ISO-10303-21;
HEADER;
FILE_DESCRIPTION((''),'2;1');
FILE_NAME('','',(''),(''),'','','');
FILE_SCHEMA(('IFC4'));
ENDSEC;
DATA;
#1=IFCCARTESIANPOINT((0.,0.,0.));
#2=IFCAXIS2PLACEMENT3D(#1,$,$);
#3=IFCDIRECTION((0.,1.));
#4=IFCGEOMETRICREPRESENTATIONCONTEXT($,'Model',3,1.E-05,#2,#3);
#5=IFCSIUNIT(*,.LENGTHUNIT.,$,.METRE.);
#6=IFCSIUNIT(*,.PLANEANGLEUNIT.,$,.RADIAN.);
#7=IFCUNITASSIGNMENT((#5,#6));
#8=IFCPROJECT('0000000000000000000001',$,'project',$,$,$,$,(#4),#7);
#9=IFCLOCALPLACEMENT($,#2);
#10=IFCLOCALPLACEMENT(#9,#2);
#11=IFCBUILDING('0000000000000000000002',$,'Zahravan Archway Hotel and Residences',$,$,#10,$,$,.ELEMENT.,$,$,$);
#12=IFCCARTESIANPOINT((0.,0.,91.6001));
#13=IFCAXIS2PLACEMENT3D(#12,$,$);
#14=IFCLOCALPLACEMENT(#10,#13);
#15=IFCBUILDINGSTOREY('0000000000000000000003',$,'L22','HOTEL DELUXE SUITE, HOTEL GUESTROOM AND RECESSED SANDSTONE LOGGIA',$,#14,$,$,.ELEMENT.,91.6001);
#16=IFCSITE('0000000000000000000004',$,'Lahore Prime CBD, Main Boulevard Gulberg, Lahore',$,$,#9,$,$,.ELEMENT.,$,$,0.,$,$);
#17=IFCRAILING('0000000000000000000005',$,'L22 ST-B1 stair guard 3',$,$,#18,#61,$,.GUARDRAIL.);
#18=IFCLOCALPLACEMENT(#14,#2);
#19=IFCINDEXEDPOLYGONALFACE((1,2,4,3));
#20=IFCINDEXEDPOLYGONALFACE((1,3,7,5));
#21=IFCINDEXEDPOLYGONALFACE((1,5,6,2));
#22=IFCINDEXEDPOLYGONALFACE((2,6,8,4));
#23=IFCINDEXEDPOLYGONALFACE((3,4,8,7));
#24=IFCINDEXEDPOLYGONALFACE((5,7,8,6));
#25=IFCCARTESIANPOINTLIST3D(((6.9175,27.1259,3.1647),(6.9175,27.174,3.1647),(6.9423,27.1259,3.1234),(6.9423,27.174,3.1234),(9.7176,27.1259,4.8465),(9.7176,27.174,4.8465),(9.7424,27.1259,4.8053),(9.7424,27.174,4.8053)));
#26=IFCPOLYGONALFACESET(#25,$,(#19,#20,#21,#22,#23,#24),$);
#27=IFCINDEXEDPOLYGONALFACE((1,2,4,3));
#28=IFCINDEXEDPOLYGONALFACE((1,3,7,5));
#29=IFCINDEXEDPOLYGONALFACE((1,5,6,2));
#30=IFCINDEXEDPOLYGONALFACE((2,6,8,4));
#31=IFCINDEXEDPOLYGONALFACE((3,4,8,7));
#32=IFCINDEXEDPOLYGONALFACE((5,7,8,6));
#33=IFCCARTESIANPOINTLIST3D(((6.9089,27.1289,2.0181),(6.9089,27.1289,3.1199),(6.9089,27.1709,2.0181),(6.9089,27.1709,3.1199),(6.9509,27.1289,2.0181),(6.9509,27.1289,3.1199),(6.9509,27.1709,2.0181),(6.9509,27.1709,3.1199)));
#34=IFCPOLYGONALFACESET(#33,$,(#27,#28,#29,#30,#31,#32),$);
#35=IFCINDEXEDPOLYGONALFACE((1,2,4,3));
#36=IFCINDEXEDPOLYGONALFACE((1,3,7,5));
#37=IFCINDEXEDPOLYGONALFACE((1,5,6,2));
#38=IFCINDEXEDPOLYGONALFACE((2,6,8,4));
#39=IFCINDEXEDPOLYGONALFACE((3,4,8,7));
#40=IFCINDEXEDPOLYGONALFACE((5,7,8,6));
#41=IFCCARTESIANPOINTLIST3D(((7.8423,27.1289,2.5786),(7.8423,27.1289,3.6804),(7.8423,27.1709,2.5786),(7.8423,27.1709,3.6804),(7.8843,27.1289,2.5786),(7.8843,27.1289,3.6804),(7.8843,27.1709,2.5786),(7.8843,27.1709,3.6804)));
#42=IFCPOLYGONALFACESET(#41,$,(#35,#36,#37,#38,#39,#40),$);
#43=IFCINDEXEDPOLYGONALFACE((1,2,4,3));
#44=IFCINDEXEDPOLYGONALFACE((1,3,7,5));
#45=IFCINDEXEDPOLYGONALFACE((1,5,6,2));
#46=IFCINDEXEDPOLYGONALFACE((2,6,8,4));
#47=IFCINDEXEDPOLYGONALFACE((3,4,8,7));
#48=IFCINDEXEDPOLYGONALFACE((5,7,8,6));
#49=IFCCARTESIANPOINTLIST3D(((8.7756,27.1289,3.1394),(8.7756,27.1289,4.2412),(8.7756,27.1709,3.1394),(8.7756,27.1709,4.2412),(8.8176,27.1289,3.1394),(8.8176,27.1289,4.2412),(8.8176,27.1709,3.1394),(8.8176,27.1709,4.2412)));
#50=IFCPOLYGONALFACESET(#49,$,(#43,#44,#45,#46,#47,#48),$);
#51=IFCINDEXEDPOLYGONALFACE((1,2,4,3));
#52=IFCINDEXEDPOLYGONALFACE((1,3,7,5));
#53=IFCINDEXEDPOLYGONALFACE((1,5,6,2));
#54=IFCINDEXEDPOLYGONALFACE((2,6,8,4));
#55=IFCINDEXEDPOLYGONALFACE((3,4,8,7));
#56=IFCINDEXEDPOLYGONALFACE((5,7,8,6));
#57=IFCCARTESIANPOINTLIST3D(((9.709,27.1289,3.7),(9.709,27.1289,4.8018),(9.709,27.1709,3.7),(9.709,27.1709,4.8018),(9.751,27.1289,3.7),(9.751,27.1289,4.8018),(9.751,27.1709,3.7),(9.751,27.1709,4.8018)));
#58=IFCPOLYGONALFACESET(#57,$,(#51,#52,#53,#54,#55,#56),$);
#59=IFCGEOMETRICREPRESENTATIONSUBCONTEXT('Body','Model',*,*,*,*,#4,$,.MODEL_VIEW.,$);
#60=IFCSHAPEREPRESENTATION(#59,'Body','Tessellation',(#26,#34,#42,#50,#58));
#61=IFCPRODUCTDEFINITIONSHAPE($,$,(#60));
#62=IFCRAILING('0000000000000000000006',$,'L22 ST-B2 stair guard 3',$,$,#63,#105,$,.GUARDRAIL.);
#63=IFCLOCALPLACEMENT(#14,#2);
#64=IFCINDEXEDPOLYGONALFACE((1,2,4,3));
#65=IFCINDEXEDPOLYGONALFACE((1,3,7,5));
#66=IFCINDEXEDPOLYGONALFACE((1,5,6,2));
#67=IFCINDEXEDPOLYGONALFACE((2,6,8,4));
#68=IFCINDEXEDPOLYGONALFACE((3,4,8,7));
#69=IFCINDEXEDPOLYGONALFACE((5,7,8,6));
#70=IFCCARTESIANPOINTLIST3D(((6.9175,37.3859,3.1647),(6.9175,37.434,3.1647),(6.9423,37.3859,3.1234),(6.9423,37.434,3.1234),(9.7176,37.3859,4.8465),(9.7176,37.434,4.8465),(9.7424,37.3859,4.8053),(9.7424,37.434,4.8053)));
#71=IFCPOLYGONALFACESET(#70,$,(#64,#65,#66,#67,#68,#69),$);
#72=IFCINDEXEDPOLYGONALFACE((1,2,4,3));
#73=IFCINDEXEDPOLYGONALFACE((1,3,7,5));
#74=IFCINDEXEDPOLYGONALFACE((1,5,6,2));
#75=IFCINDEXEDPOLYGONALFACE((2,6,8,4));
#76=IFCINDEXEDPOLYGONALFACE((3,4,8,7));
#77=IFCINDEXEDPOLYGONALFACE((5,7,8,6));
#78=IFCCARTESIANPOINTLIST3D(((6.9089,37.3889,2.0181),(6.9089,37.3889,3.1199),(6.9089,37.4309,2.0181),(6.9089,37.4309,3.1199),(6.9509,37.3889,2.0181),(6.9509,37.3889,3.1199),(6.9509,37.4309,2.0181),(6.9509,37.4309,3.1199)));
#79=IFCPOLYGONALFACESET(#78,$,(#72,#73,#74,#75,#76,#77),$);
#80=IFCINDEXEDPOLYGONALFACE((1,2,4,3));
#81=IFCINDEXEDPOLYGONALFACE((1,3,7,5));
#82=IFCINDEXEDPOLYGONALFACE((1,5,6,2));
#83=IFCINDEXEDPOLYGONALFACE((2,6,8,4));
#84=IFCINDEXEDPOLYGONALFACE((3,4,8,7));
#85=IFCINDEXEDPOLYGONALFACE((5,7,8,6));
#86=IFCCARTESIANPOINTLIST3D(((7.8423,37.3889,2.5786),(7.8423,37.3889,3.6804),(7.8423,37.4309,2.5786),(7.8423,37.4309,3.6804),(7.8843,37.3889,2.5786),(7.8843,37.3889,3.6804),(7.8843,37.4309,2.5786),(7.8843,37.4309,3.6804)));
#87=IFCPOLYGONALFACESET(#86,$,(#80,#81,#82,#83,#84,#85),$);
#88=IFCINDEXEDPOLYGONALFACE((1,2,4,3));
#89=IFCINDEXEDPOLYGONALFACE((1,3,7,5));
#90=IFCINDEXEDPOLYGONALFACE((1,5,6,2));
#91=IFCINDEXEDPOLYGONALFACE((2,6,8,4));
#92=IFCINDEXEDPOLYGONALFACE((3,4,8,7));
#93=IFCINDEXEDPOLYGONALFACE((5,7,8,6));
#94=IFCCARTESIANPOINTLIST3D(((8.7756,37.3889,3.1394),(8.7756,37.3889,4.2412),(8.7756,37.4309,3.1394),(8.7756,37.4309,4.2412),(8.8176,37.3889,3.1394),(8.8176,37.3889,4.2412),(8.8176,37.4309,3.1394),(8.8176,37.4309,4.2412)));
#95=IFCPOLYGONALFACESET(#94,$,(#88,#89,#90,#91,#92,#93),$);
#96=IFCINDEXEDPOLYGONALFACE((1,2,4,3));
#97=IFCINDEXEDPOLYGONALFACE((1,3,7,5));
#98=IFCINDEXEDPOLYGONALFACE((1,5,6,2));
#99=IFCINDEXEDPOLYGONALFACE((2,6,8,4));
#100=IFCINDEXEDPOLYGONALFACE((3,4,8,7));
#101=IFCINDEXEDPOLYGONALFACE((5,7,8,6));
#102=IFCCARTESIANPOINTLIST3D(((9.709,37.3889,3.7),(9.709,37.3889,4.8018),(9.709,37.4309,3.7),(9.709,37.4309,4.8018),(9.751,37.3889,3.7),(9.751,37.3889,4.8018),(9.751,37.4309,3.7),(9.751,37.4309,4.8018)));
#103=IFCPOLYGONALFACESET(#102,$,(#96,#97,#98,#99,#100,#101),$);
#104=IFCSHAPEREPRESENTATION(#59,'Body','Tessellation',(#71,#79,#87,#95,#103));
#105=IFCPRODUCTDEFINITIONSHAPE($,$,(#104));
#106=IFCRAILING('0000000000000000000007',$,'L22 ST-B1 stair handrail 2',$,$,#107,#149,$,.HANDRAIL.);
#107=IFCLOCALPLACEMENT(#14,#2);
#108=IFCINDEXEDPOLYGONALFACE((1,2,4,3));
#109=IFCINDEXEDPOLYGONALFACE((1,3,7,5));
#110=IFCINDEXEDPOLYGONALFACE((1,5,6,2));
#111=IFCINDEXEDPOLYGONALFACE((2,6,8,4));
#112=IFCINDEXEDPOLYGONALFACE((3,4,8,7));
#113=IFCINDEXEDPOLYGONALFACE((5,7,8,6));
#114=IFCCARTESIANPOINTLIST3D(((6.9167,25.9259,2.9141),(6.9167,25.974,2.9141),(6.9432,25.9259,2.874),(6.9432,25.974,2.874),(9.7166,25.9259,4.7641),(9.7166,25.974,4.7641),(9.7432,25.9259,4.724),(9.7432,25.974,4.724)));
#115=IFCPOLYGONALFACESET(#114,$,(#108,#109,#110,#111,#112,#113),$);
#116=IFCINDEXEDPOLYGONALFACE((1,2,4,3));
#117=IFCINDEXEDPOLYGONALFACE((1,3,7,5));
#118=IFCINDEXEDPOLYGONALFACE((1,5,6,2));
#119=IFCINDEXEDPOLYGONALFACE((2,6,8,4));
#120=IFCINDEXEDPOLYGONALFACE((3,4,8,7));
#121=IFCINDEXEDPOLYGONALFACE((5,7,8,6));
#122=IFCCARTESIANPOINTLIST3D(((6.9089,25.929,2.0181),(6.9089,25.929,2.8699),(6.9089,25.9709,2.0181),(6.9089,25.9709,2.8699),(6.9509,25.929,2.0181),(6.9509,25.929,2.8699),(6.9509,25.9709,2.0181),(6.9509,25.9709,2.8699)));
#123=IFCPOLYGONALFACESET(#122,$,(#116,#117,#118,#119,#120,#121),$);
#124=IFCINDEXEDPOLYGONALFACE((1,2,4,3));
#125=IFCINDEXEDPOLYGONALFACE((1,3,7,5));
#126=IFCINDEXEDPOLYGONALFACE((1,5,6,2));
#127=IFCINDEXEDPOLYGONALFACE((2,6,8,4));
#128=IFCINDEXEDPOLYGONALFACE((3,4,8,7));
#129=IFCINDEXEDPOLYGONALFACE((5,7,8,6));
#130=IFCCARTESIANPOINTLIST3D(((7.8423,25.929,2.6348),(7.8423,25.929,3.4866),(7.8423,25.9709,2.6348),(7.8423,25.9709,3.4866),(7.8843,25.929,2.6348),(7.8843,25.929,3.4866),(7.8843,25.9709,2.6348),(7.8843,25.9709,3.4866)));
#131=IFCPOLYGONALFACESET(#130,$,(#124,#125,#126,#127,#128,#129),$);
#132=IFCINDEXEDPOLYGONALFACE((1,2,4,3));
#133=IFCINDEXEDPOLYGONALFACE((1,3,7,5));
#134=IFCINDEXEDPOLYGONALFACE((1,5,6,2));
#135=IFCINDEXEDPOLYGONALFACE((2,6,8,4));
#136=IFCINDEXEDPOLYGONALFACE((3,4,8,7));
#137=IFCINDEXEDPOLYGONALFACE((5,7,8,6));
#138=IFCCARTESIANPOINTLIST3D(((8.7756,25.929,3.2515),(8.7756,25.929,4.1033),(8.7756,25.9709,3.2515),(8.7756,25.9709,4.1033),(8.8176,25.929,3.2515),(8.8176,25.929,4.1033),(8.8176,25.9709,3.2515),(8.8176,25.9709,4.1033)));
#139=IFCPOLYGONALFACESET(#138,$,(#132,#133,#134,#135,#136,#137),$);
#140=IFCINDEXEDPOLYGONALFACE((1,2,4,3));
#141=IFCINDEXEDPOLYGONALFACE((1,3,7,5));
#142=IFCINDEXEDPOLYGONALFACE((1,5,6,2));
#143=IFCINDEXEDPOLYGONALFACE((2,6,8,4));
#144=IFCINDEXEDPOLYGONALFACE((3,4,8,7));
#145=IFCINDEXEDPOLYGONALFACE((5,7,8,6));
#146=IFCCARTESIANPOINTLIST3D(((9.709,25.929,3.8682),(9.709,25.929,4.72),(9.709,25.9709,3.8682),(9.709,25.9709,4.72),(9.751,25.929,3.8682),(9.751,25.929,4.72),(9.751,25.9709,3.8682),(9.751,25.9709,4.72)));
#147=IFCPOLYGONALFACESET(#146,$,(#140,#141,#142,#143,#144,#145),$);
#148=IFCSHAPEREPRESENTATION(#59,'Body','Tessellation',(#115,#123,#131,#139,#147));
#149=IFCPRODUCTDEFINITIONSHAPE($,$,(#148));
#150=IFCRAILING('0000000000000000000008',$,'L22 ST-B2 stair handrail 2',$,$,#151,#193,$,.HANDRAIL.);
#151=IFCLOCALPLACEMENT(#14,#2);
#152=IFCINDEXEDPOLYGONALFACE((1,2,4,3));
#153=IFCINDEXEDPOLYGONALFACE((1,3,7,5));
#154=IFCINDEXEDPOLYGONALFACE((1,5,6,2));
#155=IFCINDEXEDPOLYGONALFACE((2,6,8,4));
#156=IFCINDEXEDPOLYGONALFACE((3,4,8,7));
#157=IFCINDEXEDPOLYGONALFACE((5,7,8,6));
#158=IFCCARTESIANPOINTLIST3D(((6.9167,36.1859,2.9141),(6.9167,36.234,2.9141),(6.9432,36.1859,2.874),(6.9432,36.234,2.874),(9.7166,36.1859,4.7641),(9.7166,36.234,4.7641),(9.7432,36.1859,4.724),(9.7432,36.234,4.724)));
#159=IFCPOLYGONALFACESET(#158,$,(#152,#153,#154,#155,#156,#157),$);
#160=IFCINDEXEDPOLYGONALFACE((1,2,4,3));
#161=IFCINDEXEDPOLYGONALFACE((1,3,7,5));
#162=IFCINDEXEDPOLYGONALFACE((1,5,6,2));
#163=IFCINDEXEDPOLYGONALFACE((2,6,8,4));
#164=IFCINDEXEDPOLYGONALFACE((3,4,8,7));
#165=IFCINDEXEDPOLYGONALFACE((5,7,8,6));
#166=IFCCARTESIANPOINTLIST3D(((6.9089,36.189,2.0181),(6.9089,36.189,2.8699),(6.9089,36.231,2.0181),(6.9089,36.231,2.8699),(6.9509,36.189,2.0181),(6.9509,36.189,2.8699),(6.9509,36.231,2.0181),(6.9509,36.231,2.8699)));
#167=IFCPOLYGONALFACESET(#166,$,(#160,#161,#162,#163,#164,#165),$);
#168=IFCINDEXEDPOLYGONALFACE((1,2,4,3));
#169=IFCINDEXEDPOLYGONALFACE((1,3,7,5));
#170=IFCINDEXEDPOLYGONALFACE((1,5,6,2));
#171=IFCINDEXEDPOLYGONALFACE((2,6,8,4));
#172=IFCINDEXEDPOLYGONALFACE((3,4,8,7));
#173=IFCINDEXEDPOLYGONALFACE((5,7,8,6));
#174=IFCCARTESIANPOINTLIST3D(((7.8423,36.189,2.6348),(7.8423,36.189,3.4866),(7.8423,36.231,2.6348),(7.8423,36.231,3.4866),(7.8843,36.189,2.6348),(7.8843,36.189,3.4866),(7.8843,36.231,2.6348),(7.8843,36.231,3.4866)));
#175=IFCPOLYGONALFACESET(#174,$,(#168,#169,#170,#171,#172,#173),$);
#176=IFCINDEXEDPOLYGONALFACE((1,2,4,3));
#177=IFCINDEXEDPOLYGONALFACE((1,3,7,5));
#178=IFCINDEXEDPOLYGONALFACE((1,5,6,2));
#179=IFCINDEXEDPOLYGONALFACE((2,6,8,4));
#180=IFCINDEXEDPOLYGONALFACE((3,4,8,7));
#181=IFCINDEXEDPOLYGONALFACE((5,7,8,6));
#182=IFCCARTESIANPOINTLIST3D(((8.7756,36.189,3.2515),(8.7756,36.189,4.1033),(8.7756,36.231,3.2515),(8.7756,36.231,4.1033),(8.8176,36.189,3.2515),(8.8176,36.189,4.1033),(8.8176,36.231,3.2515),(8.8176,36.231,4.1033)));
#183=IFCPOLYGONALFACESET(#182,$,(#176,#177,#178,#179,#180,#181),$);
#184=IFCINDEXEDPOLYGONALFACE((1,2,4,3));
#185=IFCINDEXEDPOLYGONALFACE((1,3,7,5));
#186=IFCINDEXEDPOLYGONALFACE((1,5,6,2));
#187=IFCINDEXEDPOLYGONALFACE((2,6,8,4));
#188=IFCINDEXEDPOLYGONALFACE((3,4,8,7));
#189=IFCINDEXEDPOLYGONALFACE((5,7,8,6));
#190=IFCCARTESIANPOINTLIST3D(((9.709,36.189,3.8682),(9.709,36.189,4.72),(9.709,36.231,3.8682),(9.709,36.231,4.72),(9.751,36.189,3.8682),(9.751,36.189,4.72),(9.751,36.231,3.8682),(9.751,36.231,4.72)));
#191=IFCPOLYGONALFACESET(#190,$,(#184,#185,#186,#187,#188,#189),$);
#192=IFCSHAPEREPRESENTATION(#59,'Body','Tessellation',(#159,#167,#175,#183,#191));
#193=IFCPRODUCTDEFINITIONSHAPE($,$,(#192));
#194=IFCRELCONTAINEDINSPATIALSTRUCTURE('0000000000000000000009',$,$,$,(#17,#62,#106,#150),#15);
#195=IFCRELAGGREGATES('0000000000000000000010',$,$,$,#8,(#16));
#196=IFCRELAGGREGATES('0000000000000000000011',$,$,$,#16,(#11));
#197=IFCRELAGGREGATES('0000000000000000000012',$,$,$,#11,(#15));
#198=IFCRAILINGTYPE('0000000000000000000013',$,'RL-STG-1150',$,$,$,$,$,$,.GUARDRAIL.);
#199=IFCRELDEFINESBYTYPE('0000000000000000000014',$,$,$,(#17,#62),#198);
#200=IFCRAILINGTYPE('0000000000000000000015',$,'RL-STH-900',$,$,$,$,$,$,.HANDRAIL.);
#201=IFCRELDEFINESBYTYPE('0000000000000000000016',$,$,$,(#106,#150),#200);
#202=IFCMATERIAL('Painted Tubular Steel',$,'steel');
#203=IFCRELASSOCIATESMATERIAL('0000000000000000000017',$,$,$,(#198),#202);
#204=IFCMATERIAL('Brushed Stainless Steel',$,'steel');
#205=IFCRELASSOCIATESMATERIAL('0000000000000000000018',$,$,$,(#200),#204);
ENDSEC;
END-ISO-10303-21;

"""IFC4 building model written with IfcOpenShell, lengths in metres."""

from ifc_helpers import new_model, si_unit, direction, frame, origin, origin_2d, place, context, subcontext, project, spatial, rectangle, extrude, material, type_object, element, save


model = new_model("IFC4")

# Units and contexts
model_context = context("Model", 3, precision=1e-05, world=origin(), true_north=direction((0.0, 1.0)))
body_context = subcontext(model_context, "Body", "Model", "MODEL_VIEW")
ifc_project = project(units=[si_unit("LENGTHUNIT", "METRE"), si_unit("PLANEANGLEUNIT", "RADIAN")], contexts=[model_context])

# Site, building, storey
site_placement = place(None, origin())
site = spatial("IfcSite", under=ifc_project, at=site_placement, Name="Lahore Prime CBD, Main Boulevard Gulberg, Lahore", CompositionType="ELEMENT", RefElevation=0.0)
building_placement = place(site_placement, origin())
building = spatial("IfcBuilding", under=site, at=building_placement, Name="Zahravan Archway Hotel and Residences", CompositionType="ELEMENT")
storey_placement = place(building_placement, frame((0.0, 0.0, 91.6001)))
storey = spatial("IfcBuildingStorey", under=building, at=storey_placement, Name="L22", Description="HOTEL DELUXE SUITE, HOTEL GUESTROOM AND RECESSED SANDSTONE LOGGIA", CompositionType="ELEMENT", Elevation=91.6001)

# Shared definitions
ifc_material_1 = material(Name="Brushed Stainless Steel", Category="steel")

# Railings
ifc_material_2 = material(Name="Painted Tubular Steel", Category="steel")
railing_type_1 = type_object("IfcRailingType", Name="RL-STG-1150", PredefinedType="GUARDRAIL", material=ifc_material_2)
for number, where, name in (
    (1, (6.9299, 27.1499, 2.0181), "L22 ST-B1 stair guard 3"),
    (2, (6.9299, 37.4099, 2.0181), "L22 ST-B2 stair guard 3"),
):
    element("IfcRailing", number, at=place(storey_placement, frame(where)), inside=storey, type_object=railing_type_1, Name=name, PredefinedType="GUARDRAIL", context=body_context, shape_type="SweptSolid", body=[
        extrude(rectangle(XDim=0.0481, YDim=0.0481, at=origin_2d()), frame((0.0, 0.0, 1.126), z_axis=(0.857242, 0.0, 0.514913), x_axis=(0.0, 1.0, 0.0)), (0.0, 0.0, 1.0), 3.2664),
        extrude(rectangle(XDim=0.042, YDim=0.042, at=origin_2d()), origin(), (0.0, 0.0, 1.0), 1.1018),
        extrude(rectangle(XDim=0.042, YDim=0.042, at=origin_2d()), frame((0.9333, 0.0, 0.5605)), (0.0, 0.0, 1.0), 1.1018),
        extrude(rectangle(XDim=0.042, YDim=0.042, at=origin_2d()), frame((1.8667, 0.0, 1.1213)), (0.0, 0.0, 1.0), 1.1018),
        extrude(rectangle(XDim=0.042, YDim=0.042, at=origin_2d()), frame((2.8, 0.0, 1.6819)), (0.0, 0.0, 1.0), 1.1018),
    ])
railing_type_2 = type_object("IfcRailingType", Name="RL-STH-900", PredefinedType="HANDRAIL", material=ifc_material_1)
for number, where, name in (
    (3, (6.9299, 25.95, 2.0181), "L22 ST-B1 stair handrail 2"),
    (4, (6.9299, 36.21, 2.0181), "L22 ST-B2 stair handrail 2"),
):
    element("IfcRailing", number, at=place(storey_placement, frame(where)), inside=storey, type_object=railing_type_2, Name=name, PredefinedType="HANDRAIL", context=body_context, shape_type="SweptSolid", body=[
        extrude(rectangle(XDim=0.0481, YDim=0.0481, at=origin_2d()), frame((0.0, 0.0, 0.876), z_axis=(0.834326, 0.0, 0.551271), x_axis=(0.0, 1.0, 0.0)), (0.0, 0.0, 1.0), 3.356),
        extrude(rectangle(XDim=0.042, YDim=0.042, at=origin_2d()), origin(), (0.0, 0.0, 1.0), 0.8518),
        extrude(rectangle(XDim=0.042, YDim=0.042, at=origin_2d()), frame((0.9333, 0.0, 0.6167)), (0.0, 0.0, 1.0), 0.8518),
        extrude(rectangle(XDim=0.042, YDim=0.042, at=origin_2d()), frame((1.8667, 0.0, 1.2334)), (0.0, 0.0, 1.0), 0.8518),
        extrude(rectangle(XDim=0.042, YDim=0.042, at=origin_2d()), frame((2.8, 0.0, 1.8501)), (0.0, 0.0, 1.0), 0.8518),
    ])

save(model, "model.ifc")
